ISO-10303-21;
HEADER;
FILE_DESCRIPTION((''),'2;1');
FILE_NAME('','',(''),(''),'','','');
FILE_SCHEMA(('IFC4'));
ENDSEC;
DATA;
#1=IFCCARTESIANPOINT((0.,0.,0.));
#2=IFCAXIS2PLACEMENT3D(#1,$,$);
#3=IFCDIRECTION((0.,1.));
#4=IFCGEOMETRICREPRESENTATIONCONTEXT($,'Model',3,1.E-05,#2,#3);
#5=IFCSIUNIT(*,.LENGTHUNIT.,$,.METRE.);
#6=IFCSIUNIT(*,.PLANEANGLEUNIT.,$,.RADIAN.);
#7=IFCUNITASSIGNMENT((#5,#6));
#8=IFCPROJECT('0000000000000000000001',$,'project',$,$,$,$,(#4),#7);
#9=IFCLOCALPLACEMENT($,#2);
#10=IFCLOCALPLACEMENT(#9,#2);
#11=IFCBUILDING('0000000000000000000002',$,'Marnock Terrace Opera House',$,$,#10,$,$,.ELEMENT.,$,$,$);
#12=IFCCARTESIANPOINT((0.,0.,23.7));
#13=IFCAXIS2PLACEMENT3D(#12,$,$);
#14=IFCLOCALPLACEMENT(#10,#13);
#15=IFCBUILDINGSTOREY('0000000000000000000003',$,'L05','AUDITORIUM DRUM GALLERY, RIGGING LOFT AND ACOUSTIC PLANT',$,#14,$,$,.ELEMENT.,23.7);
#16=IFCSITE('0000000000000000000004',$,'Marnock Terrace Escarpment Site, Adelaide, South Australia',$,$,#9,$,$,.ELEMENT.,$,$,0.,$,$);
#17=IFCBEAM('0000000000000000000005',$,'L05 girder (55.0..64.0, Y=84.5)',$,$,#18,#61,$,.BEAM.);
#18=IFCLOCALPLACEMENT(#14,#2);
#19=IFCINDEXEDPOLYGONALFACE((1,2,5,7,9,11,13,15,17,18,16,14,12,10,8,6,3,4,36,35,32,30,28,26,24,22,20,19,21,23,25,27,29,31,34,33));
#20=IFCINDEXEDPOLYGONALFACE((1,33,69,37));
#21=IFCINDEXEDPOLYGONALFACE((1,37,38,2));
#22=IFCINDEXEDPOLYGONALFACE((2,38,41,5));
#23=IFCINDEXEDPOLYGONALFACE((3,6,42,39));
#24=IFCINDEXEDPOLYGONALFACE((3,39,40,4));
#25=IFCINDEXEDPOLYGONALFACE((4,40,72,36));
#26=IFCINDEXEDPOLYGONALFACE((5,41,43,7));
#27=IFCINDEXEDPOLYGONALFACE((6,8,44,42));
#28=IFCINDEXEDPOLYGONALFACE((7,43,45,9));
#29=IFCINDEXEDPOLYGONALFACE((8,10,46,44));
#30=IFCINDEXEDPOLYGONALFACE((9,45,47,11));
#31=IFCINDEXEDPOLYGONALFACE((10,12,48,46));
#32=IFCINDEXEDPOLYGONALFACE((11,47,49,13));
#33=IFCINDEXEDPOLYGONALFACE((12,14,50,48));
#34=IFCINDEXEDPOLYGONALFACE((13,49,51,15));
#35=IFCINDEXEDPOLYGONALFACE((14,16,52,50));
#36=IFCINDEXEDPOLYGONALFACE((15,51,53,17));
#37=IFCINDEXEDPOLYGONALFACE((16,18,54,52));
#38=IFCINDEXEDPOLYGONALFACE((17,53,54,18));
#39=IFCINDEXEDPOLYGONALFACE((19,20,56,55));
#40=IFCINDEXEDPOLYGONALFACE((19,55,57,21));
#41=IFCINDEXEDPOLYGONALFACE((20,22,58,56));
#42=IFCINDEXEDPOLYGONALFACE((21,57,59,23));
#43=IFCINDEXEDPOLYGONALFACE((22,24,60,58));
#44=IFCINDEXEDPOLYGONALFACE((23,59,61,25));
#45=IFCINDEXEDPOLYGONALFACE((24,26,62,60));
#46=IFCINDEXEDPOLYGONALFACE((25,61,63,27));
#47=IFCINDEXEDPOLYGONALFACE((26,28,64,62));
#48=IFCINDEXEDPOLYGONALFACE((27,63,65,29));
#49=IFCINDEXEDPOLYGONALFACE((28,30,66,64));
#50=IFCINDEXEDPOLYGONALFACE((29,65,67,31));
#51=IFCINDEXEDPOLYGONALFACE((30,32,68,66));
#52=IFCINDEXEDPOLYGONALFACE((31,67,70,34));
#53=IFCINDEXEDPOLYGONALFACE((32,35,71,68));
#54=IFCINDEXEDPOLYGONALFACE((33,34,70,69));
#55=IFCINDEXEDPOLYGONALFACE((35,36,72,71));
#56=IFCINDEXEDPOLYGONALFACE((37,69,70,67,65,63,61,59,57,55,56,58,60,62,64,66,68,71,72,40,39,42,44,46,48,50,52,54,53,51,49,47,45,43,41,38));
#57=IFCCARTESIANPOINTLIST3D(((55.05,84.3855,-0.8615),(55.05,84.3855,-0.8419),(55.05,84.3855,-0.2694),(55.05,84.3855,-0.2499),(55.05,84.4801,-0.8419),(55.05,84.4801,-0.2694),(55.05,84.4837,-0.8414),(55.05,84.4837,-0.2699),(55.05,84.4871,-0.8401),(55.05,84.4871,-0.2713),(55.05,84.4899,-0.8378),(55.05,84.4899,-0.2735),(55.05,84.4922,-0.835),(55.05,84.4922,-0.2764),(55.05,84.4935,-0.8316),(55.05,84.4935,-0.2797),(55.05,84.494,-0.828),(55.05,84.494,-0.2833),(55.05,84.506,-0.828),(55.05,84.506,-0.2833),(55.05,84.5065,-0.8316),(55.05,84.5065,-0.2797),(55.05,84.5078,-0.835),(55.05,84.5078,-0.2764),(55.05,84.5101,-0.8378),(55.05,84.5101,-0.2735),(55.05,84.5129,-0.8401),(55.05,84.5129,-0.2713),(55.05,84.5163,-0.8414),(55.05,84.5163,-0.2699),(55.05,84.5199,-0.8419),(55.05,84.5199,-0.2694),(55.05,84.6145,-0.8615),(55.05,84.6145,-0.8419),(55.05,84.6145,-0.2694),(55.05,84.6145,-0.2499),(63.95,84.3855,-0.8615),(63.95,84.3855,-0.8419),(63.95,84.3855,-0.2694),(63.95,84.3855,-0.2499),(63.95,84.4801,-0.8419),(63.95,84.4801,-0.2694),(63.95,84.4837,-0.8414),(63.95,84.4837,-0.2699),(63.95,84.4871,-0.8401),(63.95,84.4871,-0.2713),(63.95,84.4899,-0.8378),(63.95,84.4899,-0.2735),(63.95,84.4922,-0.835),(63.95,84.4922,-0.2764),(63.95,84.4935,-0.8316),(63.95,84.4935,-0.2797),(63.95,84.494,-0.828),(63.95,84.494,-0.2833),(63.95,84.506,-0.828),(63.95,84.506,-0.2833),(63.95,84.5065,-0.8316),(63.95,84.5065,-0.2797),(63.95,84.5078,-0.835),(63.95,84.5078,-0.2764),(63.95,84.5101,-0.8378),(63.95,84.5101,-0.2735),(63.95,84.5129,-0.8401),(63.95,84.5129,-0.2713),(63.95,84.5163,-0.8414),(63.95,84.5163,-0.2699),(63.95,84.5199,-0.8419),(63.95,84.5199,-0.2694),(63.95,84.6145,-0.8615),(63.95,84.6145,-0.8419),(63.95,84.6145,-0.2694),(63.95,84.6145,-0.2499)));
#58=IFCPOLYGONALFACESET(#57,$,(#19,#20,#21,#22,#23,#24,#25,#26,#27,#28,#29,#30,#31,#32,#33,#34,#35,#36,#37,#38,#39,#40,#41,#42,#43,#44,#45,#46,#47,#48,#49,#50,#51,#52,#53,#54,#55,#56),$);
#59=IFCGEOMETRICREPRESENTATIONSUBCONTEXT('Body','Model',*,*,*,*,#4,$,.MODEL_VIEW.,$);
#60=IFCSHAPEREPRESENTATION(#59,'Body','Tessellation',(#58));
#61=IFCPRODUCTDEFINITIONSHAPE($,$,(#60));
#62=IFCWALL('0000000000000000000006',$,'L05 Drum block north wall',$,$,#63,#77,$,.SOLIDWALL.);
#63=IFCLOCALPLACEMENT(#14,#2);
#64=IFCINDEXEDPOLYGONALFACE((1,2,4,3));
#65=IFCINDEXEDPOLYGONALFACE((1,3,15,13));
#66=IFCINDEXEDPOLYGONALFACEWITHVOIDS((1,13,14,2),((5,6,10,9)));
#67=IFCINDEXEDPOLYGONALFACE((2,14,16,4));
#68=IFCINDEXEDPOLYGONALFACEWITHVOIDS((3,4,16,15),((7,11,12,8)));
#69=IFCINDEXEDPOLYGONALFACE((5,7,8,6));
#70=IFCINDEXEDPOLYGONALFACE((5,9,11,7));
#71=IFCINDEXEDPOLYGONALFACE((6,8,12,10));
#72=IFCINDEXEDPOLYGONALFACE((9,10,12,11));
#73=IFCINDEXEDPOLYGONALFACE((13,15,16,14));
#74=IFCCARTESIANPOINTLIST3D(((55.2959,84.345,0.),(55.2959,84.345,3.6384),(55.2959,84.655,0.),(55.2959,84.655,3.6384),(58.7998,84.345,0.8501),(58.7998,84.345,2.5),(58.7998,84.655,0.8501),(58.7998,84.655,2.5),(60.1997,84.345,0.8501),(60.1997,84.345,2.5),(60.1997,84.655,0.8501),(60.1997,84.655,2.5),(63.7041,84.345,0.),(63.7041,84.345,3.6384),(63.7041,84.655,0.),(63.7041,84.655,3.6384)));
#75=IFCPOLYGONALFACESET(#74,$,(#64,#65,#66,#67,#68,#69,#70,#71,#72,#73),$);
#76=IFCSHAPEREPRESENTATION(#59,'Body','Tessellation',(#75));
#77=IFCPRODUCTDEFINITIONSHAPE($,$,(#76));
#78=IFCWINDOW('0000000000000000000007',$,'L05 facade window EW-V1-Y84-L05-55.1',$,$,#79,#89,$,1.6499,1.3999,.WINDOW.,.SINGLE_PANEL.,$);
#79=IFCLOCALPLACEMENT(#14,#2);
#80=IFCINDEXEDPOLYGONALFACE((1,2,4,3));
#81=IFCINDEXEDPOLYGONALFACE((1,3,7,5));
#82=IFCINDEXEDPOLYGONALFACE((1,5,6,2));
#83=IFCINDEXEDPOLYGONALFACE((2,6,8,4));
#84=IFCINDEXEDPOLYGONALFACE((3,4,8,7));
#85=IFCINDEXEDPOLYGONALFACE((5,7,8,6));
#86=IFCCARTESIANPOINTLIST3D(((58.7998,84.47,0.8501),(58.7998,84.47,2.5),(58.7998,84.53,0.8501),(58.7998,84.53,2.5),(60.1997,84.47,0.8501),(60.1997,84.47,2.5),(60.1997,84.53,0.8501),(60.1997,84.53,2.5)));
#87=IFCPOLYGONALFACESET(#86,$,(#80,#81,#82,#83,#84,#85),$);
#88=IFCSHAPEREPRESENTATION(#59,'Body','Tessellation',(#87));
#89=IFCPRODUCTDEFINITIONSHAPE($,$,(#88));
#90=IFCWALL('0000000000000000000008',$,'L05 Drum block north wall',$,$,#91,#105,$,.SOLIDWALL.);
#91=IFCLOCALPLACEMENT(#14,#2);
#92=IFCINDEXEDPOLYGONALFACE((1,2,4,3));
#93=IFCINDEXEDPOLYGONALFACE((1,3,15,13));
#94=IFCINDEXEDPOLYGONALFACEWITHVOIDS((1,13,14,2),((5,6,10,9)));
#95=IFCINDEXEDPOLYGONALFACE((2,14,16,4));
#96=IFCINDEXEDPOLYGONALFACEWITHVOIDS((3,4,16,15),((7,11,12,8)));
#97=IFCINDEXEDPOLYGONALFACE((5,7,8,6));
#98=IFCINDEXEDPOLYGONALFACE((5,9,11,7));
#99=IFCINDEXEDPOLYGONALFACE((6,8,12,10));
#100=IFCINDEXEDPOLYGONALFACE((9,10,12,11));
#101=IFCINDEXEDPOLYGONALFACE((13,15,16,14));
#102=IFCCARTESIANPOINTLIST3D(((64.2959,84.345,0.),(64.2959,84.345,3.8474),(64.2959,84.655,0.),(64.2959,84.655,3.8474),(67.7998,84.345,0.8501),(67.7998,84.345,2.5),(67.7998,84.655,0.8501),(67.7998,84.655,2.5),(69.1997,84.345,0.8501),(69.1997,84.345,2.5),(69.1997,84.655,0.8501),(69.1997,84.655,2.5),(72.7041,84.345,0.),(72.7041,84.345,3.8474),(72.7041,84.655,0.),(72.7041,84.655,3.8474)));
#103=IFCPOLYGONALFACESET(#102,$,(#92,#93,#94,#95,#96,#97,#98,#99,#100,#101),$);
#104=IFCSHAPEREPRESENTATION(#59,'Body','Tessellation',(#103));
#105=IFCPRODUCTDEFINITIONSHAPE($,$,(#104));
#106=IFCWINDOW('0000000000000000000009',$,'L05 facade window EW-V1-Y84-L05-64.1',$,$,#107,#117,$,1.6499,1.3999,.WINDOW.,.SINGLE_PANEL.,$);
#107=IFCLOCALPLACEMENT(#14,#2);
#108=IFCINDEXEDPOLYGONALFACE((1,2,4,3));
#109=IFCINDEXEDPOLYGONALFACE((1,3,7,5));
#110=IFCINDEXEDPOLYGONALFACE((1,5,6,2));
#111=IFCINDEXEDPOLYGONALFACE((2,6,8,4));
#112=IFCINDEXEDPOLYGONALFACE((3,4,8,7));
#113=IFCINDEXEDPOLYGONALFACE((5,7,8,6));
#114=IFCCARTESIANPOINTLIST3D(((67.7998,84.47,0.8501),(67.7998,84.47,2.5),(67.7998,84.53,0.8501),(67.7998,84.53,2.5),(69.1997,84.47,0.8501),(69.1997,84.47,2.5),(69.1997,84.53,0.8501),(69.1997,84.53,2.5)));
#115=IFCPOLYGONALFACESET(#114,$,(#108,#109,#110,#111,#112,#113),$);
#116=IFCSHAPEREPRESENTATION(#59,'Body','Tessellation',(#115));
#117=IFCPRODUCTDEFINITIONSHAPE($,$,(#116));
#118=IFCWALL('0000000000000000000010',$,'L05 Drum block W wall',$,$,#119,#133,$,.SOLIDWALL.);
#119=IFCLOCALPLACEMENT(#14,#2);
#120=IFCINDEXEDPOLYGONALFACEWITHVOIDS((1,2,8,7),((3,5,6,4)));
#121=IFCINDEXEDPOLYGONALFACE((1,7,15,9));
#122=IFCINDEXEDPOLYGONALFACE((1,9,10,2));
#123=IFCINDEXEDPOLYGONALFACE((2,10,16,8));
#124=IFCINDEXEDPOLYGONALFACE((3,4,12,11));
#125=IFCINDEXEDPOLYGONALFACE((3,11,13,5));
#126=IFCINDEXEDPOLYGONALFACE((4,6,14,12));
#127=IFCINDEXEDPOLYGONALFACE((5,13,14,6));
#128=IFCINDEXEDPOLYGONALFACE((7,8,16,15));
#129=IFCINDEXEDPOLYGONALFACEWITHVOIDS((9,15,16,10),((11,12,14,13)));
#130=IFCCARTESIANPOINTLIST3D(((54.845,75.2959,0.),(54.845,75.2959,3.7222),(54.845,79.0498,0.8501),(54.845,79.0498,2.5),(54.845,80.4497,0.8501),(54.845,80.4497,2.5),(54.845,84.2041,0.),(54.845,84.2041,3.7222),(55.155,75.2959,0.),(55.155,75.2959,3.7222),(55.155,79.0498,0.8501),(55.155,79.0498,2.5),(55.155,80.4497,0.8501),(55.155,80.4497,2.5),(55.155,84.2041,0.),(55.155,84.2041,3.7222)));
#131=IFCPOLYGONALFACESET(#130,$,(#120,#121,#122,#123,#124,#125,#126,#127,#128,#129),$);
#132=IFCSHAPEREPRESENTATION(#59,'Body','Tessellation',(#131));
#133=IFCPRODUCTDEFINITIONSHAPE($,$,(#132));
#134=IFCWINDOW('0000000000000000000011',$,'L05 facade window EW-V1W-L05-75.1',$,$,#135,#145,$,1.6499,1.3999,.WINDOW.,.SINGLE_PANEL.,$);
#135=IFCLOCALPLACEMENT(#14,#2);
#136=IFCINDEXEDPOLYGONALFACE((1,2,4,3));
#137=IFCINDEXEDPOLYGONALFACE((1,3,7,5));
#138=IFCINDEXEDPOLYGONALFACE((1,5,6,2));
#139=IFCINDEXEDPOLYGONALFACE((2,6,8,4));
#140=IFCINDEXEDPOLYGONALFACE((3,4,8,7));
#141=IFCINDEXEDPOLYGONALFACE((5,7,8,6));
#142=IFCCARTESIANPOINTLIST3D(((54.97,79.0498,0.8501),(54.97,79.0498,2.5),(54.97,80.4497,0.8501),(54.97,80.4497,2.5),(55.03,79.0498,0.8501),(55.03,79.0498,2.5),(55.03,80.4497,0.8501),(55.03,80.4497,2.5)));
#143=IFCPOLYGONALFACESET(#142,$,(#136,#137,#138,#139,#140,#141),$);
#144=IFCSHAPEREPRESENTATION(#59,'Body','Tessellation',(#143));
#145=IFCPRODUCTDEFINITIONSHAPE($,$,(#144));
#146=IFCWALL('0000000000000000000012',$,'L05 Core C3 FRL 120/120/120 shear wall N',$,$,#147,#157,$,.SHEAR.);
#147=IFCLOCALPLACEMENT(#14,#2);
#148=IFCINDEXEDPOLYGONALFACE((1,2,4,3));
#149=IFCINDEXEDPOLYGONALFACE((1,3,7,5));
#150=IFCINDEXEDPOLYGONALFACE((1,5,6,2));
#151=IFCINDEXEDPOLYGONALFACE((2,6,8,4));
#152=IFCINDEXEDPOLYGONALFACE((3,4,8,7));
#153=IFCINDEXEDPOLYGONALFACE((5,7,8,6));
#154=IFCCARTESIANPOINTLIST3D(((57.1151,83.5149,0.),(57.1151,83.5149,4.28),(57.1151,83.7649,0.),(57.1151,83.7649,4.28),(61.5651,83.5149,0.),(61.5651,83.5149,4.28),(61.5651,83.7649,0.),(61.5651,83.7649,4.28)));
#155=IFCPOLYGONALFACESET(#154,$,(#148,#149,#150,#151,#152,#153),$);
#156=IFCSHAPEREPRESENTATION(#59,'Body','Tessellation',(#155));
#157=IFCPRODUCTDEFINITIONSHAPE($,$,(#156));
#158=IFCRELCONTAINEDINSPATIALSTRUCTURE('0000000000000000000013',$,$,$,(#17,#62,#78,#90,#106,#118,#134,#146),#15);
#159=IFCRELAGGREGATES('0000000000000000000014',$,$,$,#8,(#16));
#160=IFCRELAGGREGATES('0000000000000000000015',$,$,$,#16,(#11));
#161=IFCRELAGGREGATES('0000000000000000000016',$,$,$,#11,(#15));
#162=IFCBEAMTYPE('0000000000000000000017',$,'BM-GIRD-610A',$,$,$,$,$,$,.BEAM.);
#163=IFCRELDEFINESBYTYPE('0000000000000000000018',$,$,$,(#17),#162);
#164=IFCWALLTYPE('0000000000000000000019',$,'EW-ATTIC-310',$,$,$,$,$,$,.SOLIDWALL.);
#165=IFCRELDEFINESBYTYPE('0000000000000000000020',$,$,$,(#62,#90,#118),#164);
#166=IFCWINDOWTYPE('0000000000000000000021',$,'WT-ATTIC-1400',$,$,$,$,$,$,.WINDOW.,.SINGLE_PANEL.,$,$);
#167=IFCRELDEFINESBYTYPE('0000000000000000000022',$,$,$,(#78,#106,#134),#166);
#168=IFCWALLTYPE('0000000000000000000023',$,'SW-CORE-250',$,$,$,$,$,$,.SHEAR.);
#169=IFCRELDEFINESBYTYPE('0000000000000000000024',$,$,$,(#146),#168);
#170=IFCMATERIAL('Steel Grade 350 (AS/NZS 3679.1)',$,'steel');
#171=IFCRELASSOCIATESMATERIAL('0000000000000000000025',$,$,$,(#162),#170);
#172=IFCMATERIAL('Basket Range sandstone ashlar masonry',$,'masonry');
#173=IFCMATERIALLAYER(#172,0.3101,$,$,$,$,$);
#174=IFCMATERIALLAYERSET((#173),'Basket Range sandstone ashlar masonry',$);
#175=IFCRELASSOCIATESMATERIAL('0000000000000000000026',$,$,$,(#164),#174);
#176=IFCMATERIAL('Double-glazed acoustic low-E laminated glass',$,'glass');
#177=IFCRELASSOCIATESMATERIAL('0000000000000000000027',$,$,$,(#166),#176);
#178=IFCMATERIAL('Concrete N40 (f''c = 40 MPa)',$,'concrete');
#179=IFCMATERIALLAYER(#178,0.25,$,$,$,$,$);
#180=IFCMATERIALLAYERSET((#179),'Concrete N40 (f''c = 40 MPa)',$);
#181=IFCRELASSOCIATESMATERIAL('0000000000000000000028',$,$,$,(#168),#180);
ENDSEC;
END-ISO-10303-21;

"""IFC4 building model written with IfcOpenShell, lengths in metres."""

from ifc_helpers import new_model, si_unit, direction, frame, frame_2d, origin, origin_2d, place, context, subcontext, project, spatial, rectangle, i_section, extrude, material, layer, layer_set, material_profile, profile_set, type_object, element, fill, save


model = new_model("IFC4")

# Units and contexts
model_context = context("Model", 3, precision=1e-05, world=origin(), true_north=direction((0.0, 1.0)))
body_context = subcontext(model_context, "Body", "Model", "MODEL_VIEW")
ifc_project = project(units=[si_unit("LENGTHUNIT", "METRE"), si_unit("PLANEANGLEUNIT", "RADIAN")], contexts=[model_context])

# Site, building, storey
site_placement = place(None, origin())
site = spatial("IfcSite", under=ifc_project, at=site_placement, Name="Marnock Terrace Escarpment Site, Adelaide, South Australia", CompositionType="ELEMENT", RefElevation=0.0)
building_placement = place(site_placement, origin())
building = spatial("IfcBuilding", under=site, at=building_placement, Name="Marnock Terrace Opera House", CompositionType="ELEMENT")
storey_placement = place(building_placement, frame((0.0, 0.0, 23.7)))
storey = spatial("IfcBuildingStorey", under=building, at=storey_placement, Name="L05", Description="AUDITORIUM DRUM GALLERY, RIGGING LOFT AND ACOUSTIC PLANT", CompositionType="ELEMENT", Elevation=23.7)

# Shared definitions
ifc_material_1 = material(Name="Concrete N40 (f'c = 40 MPa)", Category="concrete")

# Beam
ifc_material_2 = material(Name="Steel Grade 350 (AS/NZS 3679.1)", Category="steel")
ifc_material_profile_1 = material_profile(ifc_material_2, i_section(OverallWidth=0.229, OverallDepth=0.6116, WebThickness=0.012, FlangeThickness=0.0195, FilletRadius=0.0139, at=origin_2d()))
ifc_profile_set_1 = profile_set([ifc_material_profile_1], Name="Steel Grade 350 (AS/NZS 3679.1)")
beam_type_1 = type_object("IfcBeamType", Name="BM-GIRD-610A", PredefinedType="BEAM", material=ifc_profile_set_1)
beam_1_placement = place(storey_placement, frame((55.05, 84.5, -0.5557), z_axis=(1.0, 0.0, 0.0), x_axis=(0.0, 1.0, 0.0)))
element("IfcBeam", 1, at=beam_1_placement, inside=storey, type_object=beam_type_1, Name="L05 girder (55.0..64.0, Y=84.5)", PredefinedType="BEAM", context=body_context, shape_type="SweptSolid", body=[
    extrude(i_section(OverallWidth=0.229, OverallDepth=0.6116, WebThickness=0.012, FlangeThickness=0.0195, FilletRadius=0.0139, at=origin_2d()), origin(), (0.0, 0.0, 1.0), 8.8999),
])

# Walls, openings, windows
ifc_material_3 = material(Name="Basket Range sandstone ashlar masonry", Category="masonry")
ifc_layer_1 = layer(ifc_material_3, 0.3101)
ifc_layer_set_1 = layer_set([ifc_layer_1], Name="Basket Range sandstone ashlar masonry")
wall_type_1 = type_object("IfcWallType", Name="EW-ATTIC-310", PredefinedType="SOLIDWALL", material=ifc_layer_set_1)
wall_1_placement = place(storey_placement, frame((55.2959, 84.5, 0.0), z_axis=(0.0, 0.0, 1.0), x_axis=(1.0, 0.0, 0.0)))
wall_1 = element("IfcWall", 2, at=wall_1_placement, inside=storey, type_object=wall_type_1, Name="L05 Drum block north wall", PredefinedType="SOLIDWALL", context=body_context, shape_type="SweptSolid", body=[
    extrude(rectangle(XDim=8.4082, YDim=0.3101, at=frame_2d((4.2041, 0.0))), origin(), (0.0, 0.0, 1.0), 3.6384),
])
opening_1_placement = place(wall_1_placement, frame((3.5039, 0.0, 0.8501)))
opening_1 = element("IfcOpeningElement", 3, at=opening_1_placement, cuts=wall_1, PredefinedType="OPENING", context=body_context, shape_type="SweptSolid", body=[
    extrude(rectangle(XDim=1.3999, YDim=1.6499, at=frame_2d((0.7, 0.825))), frame((0.0, 0.165, 0.0), z_axis=(0.0, -1.0, 0.0), x_axis=(1.0, 0.0, 0.0)), (0.0, 0.0, 1.0), 0.3301),
])
ifc_material_4 = material(Name="Double-glazed acoustic low-E laminated glass", Category="glass")
window_type = type_object("IfcWindowType", Name="WT-ATTIC-1400", PartitioningType="SINGLE_PANEL", PredefinedType="WINDOW", material=ifc_material_4)
window_1_placement = place(opening_1_placement, origin())
window_1 = element("IfcWindow", 4, at=window_1_placement, inside=storey, type_object=window_type, Name="L05 facade window EW-V1-Y84-L05-55.1", OverallHeight=1.6499, OverallWidth=1.3999, PartitioningType="SINGLE_PANEL", PredefinedType="WINDOW", context=body_context, shape_type="SweptSolid", body=[
    extrude(rectangle(XDim=1.3999, YDim=1.6499, at=frame_2d((0.7, 0.825))), frame((0.0, 0.03, 0.0), z_axis=(0.0, -1.0, 0.0), x_axis=(1.0, 0.0, 0.0)), (0.0, 0.0, 1.0), 0.0601),
])
fill(opening_1, window_1)
wall_2_placement = place(storey_placement, frame((64.2959, 84.5, 0.0), z_axis=(0.0, 0.0, 1.0), x_axis=(1.0, 0.0, 0.0)))
wall_2 = element("IfcWall", 5, at=wall_2_placement, inside=storey, type_object=wall_type_1, Name="L05 Drum block north wall", PredefinedType="SOLIDWALL", context=body_context, shape_type="SweptSolid", body=[
    extrude(rectangle(XDim=8.4082, YDim=0.3101, at=frame_2d((4.2041, 0.0))), origin(), (0.0, 0.0, 1.0), 3.8474),
])
opening_2_placement = place(wall_2_placement, frame((3.5039, 0.0, 0.8501)))
opening_2 = element("IfcOpeningElement", 6, at=opening_2_placement, cuts=wall_2, PredefinedType="OPENING", context=body_context, shape_type="SweptSolid", body=[
    extrude(rectangle(XDim=1.3999, YDim=1.6499, at=frame_2d((0.7, 0.825))), frame((0.0, 0.165, 0.0), z_axis=(0.0, -1.0, 0.0), x_axis=(1.0, 0.0, 0.0)), (0.0, 0.0, 1.0), 0.3301),
])
window_2_placement = place(opening_2_placement, origin())
window_2 = element("IfcWindow", 7, at=window_2_placement, inside=storey, type_object=window_type, Name="L05 facade window EW-V1-Y84-L05-64.1", OverallHeight=1.6499, OverallWidth=1.3999, PartitioningType="SINGLE_PANEL", PredefinedType="WINDOW", context=body_context, shape_type="SweptSolid", body=[
    extrude(rectangle(XDim=1.3999, YDim=1.6499, at=frame_2d((0.7, 0.825))), frame((0.0, 0.03, 0.0), z_axis=(0.0, -1.0, 0.0), x_axis=(1.0, 0.0, 0.0)), (0.0, 0.0, 1.0), 0.0601),
])
fill(opening_2, window_2)
wall_3_placement = place(storey_placement, frame((55.0, 75.2959, 0.0), z_axis=(0.0, 0.0, 1.0), x_axis=(0.0, 1.0, 0.0)))
wall_3 = element("IfcWall", 8, at=wall_3_placement, inside=storey, type_object=wall_type_1, Name="L05 Drum block W wall", PredefinedType="SOLIDWALL", context=body_context, shape_type="SweptSolid", body=[
    extrude(rectangle(XDim=8.9082, YDim=0.3101, at=frame_2d((4.4541, 0.0))), origin(), (0.0, 0.0, 1.0), 3.7222),
])
opening_3_placement = place(wall_3_placement, frame((3.7539, 0.0, 0.8501)))
opening_3 = element("IfcOpeningElement", 9, at=opening_3_placement, cuts=wall_3, PredefinedType="OPENING", context=body_context, shape_type="SweptSolid", body=[
    extrude(rectangle(XDim=1.3999, YDim=1.6499, at=frame_2d((0.7, 0.825))), frame((0.0, 0.165, 0.0), z_axis=(0.0, -1.0, 0.0), x_axis=(1.0, 0.0, 0.0)), (0.0, 0.0, 1.0), 0.3301),
])
window_3_placement = place(opening_3_placement, origin())
window_3 = element("IfcWindow", 10, at=window_3_placement, inside=storey, type_object=window_type, Name="L05 facade window EW-V1W-L05-75.1", OverallHeight=1.6499, OverallWidth=1.3999, PartitioningType="SINGLE_PANEL", PredefinedType="WINDOW", context=body_context, shape_type="SweptSolid", body=[
    extrude(rectangle(XDim=1.3999, YDim=1.6499, at=frame_2d((0.7, 0.825))), frame((0.0, 0.03, 0.0), z_axis=(0.0, -1.0, 0.0), x_axis=(1.0, 0.0, 0.0)), (0.0, 0.0, 1.0), 0.0601),
])
fill(opening_3, window_3)

# Wall
ifc_layer_2 = layer(ifc_material_1, 0.25)
ifc_layer_set_2 = layer_set([ifc_layer_2], Name="Concrete N40 (f'c = 40 MPa)")
wall_type_2 = type_object("IfcWallType", Name="SW-CORE-250", PredefinedType="SHEAR", material=ifc_layer_set_2)
wall_4_placement = place(storey_placement, frame((57.115, 83.6399, 0.0), z_axis=(0.0, 0.0, 1.0), x_axis=(1.0, 0.0, 0.0)))
element("IfcWall", 11, at=wall_4_placement, inside=storey, type_object=wall_type_2, Name="L05 Core C3 FRL 120/120/120 shear wall N", PredefinedType="SHEAR", context=body_context, shape_type="SweptSolid", body=[
    extrude(rectangle(XDim=4.45, YDim=0.25, at=frame_2d((2.2251, 0.0))), origin(), (0.0, 0.0, 1.0), 4.28),
])

save(model, "model.ifc")
